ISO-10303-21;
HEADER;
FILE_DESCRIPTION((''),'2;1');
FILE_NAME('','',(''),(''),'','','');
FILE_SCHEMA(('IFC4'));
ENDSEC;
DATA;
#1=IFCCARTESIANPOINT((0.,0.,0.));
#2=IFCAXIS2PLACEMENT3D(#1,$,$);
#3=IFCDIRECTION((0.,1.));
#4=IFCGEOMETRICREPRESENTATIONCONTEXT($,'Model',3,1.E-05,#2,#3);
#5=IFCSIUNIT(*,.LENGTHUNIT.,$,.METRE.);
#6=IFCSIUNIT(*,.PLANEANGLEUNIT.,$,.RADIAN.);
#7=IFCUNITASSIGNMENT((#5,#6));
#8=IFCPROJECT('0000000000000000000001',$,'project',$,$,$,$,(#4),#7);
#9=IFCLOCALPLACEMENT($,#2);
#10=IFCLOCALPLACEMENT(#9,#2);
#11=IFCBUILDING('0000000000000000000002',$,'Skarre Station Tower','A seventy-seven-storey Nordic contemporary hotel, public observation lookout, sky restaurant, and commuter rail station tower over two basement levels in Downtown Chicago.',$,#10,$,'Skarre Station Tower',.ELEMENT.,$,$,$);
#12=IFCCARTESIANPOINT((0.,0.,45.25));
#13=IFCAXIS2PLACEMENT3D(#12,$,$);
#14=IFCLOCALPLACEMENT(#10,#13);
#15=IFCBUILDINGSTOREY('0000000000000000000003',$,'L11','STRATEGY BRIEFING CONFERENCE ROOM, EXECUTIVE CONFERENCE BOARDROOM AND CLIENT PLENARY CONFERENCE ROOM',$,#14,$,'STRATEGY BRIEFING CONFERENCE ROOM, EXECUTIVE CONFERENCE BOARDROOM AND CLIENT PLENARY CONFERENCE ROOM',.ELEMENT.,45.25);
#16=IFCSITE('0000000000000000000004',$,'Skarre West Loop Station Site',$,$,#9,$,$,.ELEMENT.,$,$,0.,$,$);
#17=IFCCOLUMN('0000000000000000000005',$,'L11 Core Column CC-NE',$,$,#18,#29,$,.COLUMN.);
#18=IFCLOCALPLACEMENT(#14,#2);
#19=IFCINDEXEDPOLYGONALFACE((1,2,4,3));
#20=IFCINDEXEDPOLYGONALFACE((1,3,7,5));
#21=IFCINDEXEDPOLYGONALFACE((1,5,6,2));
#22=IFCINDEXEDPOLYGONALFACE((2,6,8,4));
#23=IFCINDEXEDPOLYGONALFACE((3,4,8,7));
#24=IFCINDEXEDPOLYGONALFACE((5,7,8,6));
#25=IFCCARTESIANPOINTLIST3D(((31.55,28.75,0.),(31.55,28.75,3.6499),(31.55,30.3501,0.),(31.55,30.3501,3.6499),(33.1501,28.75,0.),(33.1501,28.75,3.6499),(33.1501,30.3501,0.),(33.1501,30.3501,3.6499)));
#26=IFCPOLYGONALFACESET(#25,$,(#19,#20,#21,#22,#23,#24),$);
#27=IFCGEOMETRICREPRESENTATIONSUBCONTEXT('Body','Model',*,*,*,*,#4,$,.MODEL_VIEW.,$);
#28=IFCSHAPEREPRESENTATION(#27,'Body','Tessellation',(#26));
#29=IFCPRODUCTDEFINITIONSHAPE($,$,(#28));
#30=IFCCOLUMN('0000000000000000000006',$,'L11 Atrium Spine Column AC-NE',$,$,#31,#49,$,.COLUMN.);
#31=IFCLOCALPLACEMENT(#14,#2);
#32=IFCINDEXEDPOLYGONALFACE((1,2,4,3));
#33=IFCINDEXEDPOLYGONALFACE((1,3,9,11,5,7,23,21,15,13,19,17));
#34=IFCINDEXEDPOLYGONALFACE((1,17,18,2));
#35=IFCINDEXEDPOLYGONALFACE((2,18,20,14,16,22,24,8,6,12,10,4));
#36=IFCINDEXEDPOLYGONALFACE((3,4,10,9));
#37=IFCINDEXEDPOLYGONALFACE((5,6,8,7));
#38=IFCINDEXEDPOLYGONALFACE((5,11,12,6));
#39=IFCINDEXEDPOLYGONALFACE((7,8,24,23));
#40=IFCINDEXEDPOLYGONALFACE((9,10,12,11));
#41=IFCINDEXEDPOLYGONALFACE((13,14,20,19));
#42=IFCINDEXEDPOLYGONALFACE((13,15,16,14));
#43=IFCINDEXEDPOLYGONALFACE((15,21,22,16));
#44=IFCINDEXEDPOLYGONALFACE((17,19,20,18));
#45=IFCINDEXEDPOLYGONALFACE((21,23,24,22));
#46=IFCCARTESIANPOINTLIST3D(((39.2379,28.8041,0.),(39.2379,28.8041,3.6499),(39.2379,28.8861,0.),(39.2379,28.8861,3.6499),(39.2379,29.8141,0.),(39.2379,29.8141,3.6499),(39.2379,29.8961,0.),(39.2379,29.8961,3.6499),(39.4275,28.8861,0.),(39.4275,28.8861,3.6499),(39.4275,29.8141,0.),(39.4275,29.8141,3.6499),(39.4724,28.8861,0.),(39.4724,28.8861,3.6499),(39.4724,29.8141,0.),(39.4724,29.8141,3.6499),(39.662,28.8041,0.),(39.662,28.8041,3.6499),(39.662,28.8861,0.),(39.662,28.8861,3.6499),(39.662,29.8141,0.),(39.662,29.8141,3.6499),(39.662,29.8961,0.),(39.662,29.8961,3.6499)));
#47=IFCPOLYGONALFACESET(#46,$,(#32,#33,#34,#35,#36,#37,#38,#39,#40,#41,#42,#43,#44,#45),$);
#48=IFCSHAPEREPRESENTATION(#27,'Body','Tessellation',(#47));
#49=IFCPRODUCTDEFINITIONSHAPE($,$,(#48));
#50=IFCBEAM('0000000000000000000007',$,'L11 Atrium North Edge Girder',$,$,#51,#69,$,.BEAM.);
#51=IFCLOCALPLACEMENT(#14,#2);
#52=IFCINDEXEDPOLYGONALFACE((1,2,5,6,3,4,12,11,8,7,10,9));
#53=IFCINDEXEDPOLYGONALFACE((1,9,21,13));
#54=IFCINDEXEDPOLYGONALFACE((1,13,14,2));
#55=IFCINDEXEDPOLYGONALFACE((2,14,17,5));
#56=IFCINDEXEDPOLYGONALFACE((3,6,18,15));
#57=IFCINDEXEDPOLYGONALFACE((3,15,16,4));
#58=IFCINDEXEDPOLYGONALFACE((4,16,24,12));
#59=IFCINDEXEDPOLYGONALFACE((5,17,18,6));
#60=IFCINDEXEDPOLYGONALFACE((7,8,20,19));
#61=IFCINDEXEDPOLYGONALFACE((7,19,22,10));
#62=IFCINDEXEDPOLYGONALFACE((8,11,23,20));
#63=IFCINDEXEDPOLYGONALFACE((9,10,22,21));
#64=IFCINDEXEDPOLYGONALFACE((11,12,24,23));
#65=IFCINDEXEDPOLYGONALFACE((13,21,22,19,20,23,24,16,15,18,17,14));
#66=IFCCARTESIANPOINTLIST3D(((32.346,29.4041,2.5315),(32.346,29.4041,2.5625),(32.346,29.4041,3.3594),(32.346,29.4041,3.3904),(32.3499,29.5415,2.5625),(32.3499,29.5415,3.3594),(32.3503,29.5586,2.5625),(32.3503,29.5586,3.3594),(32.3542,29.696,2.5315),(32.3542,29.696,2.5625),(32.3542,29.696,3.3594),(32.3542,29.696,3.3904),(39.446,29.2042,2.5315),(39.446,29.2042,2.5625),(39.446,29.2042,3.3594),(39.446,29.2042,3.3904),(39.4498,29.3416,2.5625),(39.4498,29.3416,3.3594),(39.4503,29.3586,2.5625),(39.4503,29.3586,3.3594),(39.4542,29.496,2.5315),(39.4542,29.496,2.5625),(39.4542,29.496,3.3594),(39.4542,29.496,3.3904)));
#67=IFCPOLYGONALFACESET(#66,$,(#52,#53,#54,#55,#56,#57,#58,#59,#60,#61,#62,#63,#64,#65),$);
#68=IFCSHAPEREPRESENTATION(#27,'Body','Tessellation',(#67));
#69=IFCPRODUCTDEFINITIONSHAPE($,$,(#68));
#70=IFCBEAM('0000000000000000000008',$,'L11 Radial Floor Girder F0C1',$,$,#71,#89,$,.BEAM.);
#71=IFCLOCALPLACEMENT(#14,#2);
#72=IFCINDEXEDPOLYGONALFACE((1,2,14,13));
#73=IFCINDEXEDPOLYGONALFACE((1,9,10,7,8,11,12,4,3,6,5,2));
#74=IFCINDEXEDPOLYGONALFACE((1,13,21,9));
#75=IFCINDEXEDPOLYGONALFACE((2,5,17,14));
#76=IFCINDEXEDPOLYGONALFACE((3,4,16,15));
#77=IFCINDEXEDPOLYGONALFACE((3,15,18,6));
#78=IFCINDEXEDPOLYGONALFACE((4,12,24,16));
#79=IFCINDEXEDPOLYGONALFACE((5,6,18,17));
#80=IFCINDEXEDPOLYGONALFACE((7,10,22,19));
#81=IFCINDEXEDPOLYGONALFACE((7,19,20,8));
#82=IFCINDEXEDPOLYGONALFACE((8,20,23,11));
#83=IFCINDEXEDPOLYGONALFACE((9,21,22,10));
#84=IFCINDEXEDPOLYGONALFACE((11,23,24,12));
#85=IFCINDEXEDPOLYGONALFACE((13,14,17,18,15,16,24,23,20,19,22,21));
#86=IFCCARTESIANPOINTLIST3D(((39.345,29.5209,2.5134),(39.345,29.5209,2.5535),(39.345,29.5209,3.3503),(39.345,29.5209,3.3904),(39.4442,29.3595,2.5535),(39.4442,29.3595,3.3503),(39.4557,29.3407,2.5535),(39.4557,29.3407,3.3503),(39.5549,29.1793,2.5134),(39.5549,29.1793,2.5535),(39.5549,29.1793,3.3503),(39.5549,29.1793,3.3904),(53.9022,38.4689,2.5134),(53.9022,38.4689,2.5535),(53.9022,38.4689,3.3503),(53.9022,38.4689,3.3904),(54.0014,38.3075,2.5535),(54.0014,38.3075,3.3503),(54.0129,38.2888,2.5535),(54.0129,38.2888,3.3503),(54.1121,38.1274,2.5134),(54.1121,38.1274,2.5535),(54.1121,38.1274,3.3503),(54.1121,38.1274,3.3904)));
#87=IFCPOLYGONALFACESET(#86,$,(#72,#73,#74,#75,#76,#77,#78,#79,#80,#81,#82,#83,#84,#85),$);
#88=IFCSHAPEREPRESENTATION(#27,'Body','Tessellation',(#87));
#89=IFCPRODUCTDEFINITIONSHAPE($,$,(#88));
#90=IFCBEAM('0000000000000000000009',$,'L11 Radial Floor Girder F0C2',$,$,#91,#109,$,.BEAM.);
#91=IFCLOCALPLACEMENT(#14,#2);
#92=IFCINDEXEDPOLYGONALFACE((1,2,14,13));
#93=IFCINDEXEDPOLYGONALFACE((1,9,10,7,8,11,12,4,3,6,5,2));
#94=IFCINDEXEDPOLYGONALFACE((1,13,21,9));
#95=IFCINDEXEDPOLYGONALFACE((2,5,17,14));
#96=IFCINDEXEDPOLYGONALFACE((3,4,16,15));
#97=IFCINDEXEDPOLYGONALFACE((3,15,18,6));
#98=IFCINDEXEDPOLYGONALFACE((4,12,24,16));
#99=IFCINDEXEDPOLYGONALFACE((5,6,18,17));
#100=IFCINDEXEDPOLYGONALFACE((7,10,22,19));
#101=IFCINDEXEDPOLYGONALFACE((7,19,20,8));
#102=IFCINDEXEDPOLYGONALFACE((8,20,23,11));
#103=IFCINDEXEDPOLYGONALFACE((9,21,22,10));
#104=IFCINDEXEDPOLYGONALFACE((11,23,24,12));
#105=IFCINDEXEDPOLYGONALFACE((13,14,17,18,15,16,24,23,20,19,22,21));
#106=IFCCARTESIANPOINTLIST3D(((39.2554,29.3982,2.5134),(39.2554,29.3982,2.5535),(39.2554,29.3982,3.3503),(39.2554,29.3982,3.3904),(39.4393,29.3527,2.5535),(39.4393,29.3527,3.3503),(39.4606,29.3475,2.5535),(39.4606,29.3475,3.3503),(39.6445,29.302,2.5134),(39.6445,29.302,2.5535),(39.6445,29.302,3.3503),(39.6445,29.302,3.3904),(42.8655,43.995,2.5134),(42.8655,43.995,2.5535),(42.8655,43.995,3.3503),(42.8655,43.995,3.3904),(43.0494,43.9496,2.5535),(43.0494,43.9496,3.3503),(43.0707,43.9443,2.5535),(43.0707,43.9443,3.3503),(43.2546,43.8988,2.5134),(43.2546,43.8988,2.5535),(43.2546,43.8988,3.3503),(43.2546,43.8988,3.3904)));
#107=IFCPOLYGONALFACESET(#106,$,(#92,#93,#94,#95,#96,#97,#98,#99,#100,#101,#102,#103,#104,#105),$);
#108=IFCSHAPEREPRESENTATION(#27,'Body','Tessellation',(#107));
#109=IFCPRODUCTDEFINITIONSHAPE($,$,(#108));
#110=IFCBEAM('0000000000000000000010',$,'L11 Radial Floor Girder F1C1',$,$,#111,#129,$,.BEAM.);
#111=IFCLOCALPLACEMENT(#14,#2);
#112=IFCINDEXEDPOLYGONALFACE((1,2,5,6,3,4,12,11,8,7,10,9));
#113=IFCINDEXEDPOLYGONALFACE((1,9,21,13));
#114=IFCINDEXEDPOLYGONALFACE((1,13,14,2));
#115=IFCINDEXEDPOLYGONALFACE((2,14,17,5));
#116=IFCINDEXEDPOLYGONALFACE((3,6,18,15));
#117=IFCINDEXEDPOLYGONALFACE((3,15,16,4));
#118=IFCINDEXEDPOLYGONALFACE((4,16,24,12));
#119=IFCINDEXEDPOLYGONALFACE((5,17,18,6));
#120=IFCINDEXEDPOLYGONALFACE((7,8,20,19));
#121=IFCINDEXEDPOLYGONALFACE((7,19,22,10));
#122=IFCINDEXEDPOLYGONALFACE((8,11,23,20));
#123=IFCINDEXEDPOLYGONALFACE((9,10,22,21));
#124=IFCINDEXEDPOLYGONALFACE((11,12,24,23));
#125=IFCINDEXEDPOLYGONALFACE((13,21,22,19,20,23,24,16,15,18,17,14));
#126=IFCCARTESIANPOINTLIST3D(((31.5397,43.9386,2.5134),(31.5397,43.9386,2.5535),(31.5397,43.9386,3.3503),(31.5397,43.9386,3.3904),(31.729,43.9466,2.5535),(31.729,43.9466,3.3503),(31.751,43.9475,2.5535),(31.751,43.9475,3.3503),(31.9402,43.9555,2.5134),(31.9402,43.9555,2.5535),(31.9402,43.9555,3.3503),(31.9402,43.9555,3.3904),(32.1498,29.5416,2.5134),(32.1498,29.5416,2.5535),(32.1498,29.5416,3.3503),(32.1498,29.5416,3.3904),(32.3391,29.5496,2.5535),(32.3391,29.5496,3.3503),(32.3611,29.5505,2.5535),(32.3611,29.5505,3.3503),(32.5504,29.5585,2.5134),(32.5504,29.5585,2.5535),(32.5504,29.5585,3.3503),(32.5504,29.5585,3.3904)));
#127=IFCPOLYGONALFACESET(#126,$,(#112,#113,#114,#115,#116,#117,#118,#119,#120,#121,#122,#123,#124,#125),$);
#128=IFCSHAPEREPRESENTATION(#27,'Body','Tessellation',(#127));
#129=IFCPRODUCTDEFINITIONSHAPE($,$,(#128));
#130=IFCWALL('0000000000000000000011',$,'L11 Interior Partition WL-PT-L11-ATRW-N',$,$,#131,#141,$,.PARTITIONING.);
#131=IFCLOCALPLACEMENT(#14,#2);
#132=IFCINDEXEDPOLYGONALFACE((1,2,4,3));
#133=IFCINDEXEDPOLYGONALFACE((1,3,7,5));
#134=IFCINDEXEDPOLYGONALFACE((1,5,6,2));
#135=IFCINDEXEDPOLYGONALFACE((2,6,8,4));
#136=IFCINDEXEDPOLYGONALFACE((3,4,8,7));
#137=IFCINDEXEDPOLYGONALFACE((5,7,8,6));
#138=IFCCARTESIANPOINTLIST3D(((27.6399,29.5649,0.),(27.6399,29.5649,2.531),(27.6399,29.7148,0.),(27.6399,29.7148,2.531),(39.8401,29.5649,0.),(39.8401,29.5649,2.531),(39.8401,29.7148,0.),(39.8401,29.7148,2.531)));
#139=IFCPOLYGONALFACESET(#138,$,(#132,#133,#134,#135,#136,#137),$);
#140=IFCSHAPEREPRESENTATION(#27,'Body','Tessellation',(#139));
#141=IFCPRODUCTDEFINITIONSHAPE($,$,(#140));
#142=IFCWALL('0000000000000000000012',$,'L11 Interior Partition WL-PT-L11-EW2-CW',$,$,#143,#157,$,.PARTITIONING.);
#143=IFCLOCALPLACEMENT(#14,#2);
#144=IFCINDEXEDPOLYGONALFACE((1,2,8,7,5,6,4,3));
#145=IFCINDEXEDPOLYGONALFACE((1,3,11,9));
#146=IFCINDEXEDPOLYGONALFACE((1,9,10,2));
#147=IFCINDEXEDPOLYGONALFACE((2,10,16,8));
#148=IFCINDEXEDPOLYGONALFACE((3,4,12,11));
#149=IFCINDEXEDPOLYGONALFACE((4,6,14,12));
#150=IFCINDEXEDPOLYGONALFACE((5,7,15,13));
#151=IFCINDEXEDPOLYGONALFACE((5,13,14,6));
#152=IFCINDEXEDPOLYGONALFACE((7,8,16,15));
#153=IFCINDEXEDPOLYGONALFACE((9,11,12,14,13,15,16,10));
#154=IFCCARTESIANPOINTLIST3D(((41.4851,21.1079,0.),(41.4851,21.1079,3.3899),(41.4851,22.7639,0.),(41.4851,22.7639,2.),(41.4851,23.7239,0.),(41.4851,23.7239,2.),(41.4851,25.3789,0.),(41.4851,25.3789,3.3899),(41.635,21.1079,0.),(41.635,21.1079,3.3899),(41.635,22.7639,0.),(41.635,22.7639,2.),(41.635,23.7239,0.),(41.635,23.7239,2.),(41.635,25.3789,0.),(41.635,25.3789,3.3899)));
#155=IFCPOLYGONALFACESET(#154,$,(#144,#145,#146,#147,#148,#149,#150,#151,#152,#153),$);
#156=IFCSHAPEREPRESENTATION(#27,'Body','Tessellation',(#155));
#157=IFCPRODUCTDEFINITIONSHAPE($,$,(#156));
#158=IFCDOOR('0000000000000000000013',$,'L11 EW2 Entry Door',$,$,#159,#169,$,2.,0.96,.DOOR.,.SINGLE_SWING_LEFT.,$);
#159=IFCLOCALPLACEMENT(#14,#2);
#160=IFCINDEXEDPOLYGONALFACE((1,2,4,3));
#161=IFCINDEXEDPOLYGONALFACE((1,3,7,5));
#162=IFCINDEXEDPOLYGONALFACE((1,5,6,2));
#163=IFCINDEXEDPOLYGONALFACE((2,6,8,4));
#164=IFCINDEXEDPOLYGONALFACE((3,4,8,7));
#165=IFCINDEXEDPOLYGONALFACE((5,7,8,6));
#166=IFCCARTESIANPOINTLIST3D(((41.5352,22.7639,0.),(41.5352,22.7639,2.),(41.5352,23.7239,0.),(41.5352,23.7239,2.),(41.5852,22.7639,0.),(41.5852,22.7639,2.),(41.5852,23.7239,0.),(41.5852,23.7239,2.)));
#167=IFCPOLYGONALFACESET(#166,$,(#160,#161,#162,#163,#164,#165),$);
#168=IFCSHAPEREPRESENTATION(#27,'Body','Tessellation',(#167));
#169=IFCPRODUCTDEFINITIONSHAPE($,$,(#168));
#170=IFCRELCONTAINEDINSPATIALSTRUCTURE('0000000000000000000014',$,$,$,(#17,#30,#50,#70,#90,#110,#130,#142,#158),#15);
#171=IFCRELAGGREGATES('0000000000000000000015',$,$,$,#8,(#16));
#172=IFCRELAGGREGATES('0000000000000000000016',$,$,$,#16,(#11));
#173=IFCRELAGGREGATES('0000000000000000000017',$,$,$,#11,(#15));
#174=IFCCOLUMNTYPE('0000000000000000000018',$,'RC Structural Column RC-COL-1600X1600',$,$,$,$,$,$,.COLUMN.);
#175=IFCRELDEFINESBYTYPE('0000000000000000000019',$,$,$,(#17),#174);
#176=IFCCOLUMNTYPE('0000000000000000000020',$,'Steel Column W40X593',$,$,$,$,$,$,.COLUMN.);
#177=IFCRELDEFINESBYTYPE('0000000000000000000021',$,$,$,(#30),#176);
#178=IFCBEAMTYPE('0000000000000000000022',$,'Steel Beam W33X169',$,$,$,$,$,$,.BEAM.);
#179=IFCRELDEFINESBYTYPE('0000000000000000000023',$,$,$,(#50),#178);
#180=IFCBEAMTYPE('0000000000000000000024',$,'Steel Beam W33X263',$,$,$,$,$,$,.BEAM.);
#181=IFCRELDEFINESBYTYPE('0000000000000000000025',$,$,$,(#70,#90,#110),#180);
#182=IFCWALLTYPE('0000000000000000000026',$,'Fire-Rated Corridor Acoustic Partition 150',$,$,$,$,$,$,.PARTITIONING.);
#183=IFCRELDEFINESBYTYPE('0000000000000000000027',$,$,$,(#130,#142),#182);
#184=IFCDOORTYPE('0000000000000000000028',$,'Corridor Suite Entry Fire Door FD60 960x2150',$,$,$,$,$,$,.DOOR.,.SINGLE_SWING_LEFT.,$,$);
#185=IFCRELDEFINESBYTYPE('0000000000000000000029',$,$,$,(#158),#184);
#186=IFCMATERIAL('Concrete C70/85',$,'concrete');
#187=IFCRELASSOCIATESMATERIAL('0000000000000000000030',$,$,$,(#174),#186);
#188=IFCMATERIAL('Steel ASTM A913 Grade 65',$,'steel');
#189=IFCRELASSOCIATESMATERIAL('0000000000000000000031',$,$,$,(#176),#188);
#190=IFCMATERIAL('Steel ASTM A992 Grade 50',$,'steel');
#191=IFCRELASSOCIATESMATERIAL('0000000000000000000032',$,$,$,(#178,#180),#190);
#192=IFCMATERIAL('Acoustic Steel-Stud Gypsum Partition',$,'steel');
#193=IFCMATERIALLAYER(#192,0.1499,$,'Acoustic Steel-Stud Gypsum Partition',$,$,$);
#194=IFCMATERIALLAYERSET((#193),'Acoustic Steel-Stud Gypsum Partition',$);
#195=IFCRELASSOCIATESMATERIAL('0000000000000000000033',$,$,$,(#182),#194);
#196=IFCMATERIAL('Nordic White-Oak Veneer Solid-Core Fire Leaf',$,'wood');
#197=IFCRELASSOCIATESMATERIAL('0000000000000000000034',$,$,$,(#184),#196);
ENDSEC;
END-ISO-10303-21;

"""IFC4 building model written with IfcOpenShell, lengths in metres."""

from ifc_helpers import new_model, si_unit, direction, frame, frame_2d, origin, origin_2d, place, context, subcontext, project, spatial, rectangle, i_section, extrude, material, layer, layer_set, material_profile, profile_set, type_object, element, fill, save


model = new_model("IFC4")

# Units and contexts
model_context = context("Model", 3, precision=1e-05, world=origin(), true_north=direction((0.0, 1.0)))
body_context = subcontext(model_context, "Body", "Model", "MODEL_VIEW")
ifc_project = project(units=[si_unit("LENGTHUNIT", "METRE"), si_unit("PLANEANGLEUNIT", "RADIAN")], contexts=[model_context])

# Site, building, storey
site_placement = place(None, origin())
site = spatial("IfcSite", under=ifc_project, at=site_placement, Name="Skarre West Loop Station Site", CompositionType="ELEMENT", RefElevation=0.0)
building_placement = place(site_placement, origin())
building = spatial("IfcBuilding", under=site, at=building_placement, Name="Skarre Station Tower", Description="A seventy-seven-storey Nordic contemporary hotel, public observation lookout, sky restaurant, and commuter rail station tower over two basement levels in Downtown Chicago.", LongName="Skarre Station Tower", CompositionType="ELEMENT")
storey_placement = place(building_placement, frame((0.0, 0.0, 45.25)))
storey = spatial("IfcBuildingStorey", under=building, at=storey_placement, Name="L11", Description="STRATEGY BRIEFING CONFERENCE ROOM, EXECUTIVE CONFERENCE BOARDROOM AND CLIENT PLENARY CONFERENCE ROOM", LongName="STRATEGY BRIEFING CONFERENCE ROOM, EXECUTIVE CONFERENCE BOARDROOM AND CLIENT PLENARY CONFERENCE ROOM", CompositionType="ELEMENT", Elevation=45.25)

# Columns
ifc_material_1 = material(Name="Concrete C70/85", Category="concrete")
ifc_material_profile_1 = material_profile(ifc_material_1, rectangle(XDim=1.6001, YDim=1.6001, at=origin_2d()), Name="Concrete C70/85")
ifc_profile_set_1 = profile_set([ifc_material_profile_1], Name="Concrete C70/85")
column_type_1 = type_object("IfcColumnType", Name="RC Structural Column RC-COL-1600X1600", PredefinedType="COLUMN", material=ifc_profile_set_1)
column_1_placement = place(storey_placement, frame((32.3501, 29.55, 0.0), z_axis=(0.0, 0.0, 1.0), x_axis=(1.0, 0.0, 0.0)))
element("IfcColumn", 1, at=column_1_placement, inside=storey, type_object=column_type_1, Name="L11 Core Column CC-NE", PredefinedType="COLUMN", context=body_context, shape_type="SweptSolid", body=[
    extrude(rectangle(XDim=1.6001, YDim=1.6001, at=origin_2d()), origin(), (0.0, 0.0, 1.0), 3.6499),
])
ifc_material_2 = material(Name="Steel ASTM A913 Grade 65", Category="steel")
ifc_material_profile_2 = material_profile(ifc_material_2, i_section(OverallWidth=0.4241, OverallDepth=1.092, WebThickness=0.0449, FlangeThickness=0.082, at=origin_2d()), Name="Steel ASTM A913 Grade 65")
ifc_profile_set_2 = profile_set([ifc_material_profile_2], Name="Steel ASTM A913 Grade 65")
column_type_2 = type_object("IfcColumnType", Name="Steel Column W40X593", PredefinedType="COLUMN", material=ifc_profile_set_2)
column_2_placement = place(storey_placement, frame((39.45, 29.3501, 0.0), z_axis=(0.0, 0.0, 1.0), x_axis=(1.0, 0.0, 0.0)))
element("IfcColumn", 2, at=column_2_placement, inside=storey, type_object=column_type_2, Name="L11 Atrium Spine Column AC-NE", PredefinedType="COLUMN", context=body_context, shape_type="SweptSolid", body=[
    extrude(i_section(OverallWidth=0.4241, OverallDepth=1.092, WebThickness=0.0449, FlangeThickness=0.082, at=origin_2d()), origin(), (0.0, 0.0, 1.0), 3.6499),
])

# Beams
ifc_material_3 = material(Name="Steel ASTM A992 Grade 50", Category="steel")
ifc_material_profile_3 = material_profile(ifc_material_3, i_section(OverallWidth=0.292, OverallDepth=0.8589, WebThickness=0.0171, FlangeThickness=0.031, at=origin_2d()), Name="Steel ASTM A992 Grade 50")
ifc_profile_set_3 = profile_set([ifc_material_profile_3], Name="Steel ASTM A992 Grade 50")
beam_type_1 = type_object("IfcBeamType", Name="Steel Beam W33X169", PredefinedType="BEAM", material=ifc_profile_set_3)
beam_1_placement = place(storey_placement, frame((32.3501, 29.55, 2.9609), z_axis=(0.999604, -0.028152, 0.0), x_axis=(0.028152, 0.999604, 0.0)))
element("IfcBeam", 3, at=beam_1_placement, inside=storey, type_object=beam_type_1, Name="L11 Atrium North Edge Girder", PredefinedType="BEAM", context=body_context, shape_type="SweptSolid", body=[
    extrude(i_section(OverallWidth=0.292, OverallDepth=0.8589, WebThickness=0.0171, FlangeThickness=0.031, at=origin_2d()), origin(), (0.0, 0.0, 1.0), 7.1028),
])
ifc_material_profile_4 = material_profile(ifc_material_3, i_section(OverallWidth=0.4009, OverallDepth=0.877, WebThickness=0.022, FlangeThickness=0.04, at=origin_2d()), Name="Steel ASTM A992 Grade 50")
ifc_profile_set_4 = profile_set([ifc_material_profile_4], Name="Steel ASTM A992 Grade 50")
beam_type_2 = type_object("IfcBeamType", Name="Steel Beam W33X263", PredefinedType="BEAM", material=ifc_profile_set_4)
beam_2_placement = place(storey_placement, frame((39.45, 29.3501, 2.9519), z_axis=(0.851926, 0.523663, 0.0), x_axis=(-0.523663, 0.851926, 0.0)))
element("IfcBeam", 4, at=beam_2_placement, inside=storey, type_object=beam_type_2, Name="L11 Radial Floor Girder F0C1", PredefinedType="BEAM", context=body_context, shape_type="SweptSolid", body=[
    extrude(i_section(OverallWidth=0.4009, OverallDepth=0.877, WebThickness=0.022, FlangeThickness=0.04, at=origin_2d()), origin(), (0.0, 0.0, 1.0), 17.0874),
])
beam_3_placement = place(storey_placement, frame((39.45, 29.3501, 2.9519), z_axis=(0.240086, 0.970752, 0.0), x_axis=(-0.970752, 0.240086, 0.0)))
element("IfcBeam", 5, at=beam_3_placement, inside=storey, type_object=beam_type_2, Name="L11 Radial Floor Girder F0C2", PredefinedType="BEAM", context=body_context, shape_type="SweptSolid", body=[
    extrude(i_section(OverallWidth=0.4009, OverallDepth=0.877, WebThickness=0.022, FlangeThickness=0.04, at=origin_2d()), origin(), (0.0, 0.0, 1.0), 15.0366),
])
beam_4_placement = place(storey_placement, frame((32.3501, 29.55, 2.9519), z_axis=(-0.042339, 0.999103, 0.0), x_axis=(-0.999103, -0.042339, 0.0)))
element("IfcBeam", 6, at=beam_4_placement, inside=storey, type_object=beam_type_2, Name="L11 Radial Floor Girder F1C1", PredefinedType="BEAM", context=body_context, shape_type="SweptSolid", body=[
    extrude(i_section(OverallWidth=0.4009, OverallDepth=0.877, WebThickness=0.022, FlangeThickness=0.04, at=origin_2d()), origin(), (0.0, 0.0, 1.0), 14.4099),
])

# Wall
ifc_material_4 = material(Name="Acoustic Steel-Stud Gypsum Partition", Category="steel")
ifc_layer_1 = layer(ifc_material_4, 0.1499, Name="Acoustic Steel-Stud Gypsum Partition")
ifc_layer_set_1 = layer_set([ifc_layer_1], Name="Acoustic Steel-Stud Gypsum Partition")
wall_type_1 = type_object("IfcWallType", Name="Fire-Rated Corridor Acoustic Partition 150", PredefinedType="PARTITIONING", material=ifc_layer_set_1)
wall_1_placement = place(storey_placement, frame((39.8401, 29.6399, 0.0), z_axis=(0.0, 0.0, 1.0), x_axis=(-1.0, 0.0, 0.0)))
element("IfcWall", 7, at=wall_1_placement, inside=storey, type_object=wall_type_1, Name="L11 Interior Partition WL-PT-L11-ATRW-N", PredefinedType="PARTITIONING", context=body_context, shape_type="SweptSolid", body=[
    extrude(rectangle(XDim=12.2002, YDim=0.1499, at=frame_2d((6.1001, 0.0))), origin(), (0.0, 0.0, 1.0), 2.531),
])

# Wall, opening, door
wall_2_placement = place(storey_placement, frame((41.5601, 21.1079, 0.0), z_axis=(0.0, 0.0, 1.0), x_axis=(0.0, 1.0, 0.0)))
wall_2 = element("IfcWall", 8, at=wall_2_placement, inside=storey, type_object=wall_type_1, Name="L11 Interior Partition WL-PT-L11-EW2-CW", PredefinedType="PARTITIONING", context=body_context, shape_type="SweptSolid", body=[
    extrude(rectangle(XDim=4.271, YDim=0.1499, at=frame_2d((2.1355, 0.0))), origin(), (0.0, 0.0, 1.0), 3.3899),
])
opening_1_placement = place(wall_2_placement, frame((1.656, 0.0, 0.0)))
opening_1 = element("IfcOpeningElement", 9, at=opening_1_placement, cuts=wall_2, PredefinedType="OPENING", context=body_context, shape_type="SweptSolid", body=[
    extrude(rectangle(XDim=0.96, YDim=2.0, at=frame_2d((0.48, 1.0))), frame((0.0, 0.085, 0.0), z_axis=(0.0, -1.0, 0.0), x_axis=(1.0, 0.0, 0.0)), (0.0, 0.0, 1.0), 0.1699),
])
ifc_material_5 = material(Name="Nordic White-Oak Veneer Solid-Core Fire Leaf", Category="wood")
door_type = type_object("IfcDoorType", Name="Corridor Suite Entry Fire Door FD60 960x2150", OperationType="SINGLE_SWING_LEFT", PredefinedType="DOOR", material=ifc_material_5)
door_1_placement = place(opening_1_placement, origin())
door_1 = element("IfcDoor", 10, at=door_1_placement, inside=storey, type_object=door_type, Name="L11 EW2 Entry Door", OperationType="SINGLE_SWING_LEFT", OverallHeight=2.0, OverallWidth=0.96, PredefinedType="DOOR", context=body_context, shape_type="SweptSolid", body=[
    extrude(rectangle(XDim=0.96, YDim=2.0, at=frame_2d((0.48, 1.0))), frame((0.0, 0.0249, 0.0), z_axis=(0.0, -1.0, 0.0), x_axis=(1.0, 0.0, 0.0)), (0.0, 0.0, 1.0), 0.05),
])
fill(opening_1, door_1)

save(model, "model.ifc")
